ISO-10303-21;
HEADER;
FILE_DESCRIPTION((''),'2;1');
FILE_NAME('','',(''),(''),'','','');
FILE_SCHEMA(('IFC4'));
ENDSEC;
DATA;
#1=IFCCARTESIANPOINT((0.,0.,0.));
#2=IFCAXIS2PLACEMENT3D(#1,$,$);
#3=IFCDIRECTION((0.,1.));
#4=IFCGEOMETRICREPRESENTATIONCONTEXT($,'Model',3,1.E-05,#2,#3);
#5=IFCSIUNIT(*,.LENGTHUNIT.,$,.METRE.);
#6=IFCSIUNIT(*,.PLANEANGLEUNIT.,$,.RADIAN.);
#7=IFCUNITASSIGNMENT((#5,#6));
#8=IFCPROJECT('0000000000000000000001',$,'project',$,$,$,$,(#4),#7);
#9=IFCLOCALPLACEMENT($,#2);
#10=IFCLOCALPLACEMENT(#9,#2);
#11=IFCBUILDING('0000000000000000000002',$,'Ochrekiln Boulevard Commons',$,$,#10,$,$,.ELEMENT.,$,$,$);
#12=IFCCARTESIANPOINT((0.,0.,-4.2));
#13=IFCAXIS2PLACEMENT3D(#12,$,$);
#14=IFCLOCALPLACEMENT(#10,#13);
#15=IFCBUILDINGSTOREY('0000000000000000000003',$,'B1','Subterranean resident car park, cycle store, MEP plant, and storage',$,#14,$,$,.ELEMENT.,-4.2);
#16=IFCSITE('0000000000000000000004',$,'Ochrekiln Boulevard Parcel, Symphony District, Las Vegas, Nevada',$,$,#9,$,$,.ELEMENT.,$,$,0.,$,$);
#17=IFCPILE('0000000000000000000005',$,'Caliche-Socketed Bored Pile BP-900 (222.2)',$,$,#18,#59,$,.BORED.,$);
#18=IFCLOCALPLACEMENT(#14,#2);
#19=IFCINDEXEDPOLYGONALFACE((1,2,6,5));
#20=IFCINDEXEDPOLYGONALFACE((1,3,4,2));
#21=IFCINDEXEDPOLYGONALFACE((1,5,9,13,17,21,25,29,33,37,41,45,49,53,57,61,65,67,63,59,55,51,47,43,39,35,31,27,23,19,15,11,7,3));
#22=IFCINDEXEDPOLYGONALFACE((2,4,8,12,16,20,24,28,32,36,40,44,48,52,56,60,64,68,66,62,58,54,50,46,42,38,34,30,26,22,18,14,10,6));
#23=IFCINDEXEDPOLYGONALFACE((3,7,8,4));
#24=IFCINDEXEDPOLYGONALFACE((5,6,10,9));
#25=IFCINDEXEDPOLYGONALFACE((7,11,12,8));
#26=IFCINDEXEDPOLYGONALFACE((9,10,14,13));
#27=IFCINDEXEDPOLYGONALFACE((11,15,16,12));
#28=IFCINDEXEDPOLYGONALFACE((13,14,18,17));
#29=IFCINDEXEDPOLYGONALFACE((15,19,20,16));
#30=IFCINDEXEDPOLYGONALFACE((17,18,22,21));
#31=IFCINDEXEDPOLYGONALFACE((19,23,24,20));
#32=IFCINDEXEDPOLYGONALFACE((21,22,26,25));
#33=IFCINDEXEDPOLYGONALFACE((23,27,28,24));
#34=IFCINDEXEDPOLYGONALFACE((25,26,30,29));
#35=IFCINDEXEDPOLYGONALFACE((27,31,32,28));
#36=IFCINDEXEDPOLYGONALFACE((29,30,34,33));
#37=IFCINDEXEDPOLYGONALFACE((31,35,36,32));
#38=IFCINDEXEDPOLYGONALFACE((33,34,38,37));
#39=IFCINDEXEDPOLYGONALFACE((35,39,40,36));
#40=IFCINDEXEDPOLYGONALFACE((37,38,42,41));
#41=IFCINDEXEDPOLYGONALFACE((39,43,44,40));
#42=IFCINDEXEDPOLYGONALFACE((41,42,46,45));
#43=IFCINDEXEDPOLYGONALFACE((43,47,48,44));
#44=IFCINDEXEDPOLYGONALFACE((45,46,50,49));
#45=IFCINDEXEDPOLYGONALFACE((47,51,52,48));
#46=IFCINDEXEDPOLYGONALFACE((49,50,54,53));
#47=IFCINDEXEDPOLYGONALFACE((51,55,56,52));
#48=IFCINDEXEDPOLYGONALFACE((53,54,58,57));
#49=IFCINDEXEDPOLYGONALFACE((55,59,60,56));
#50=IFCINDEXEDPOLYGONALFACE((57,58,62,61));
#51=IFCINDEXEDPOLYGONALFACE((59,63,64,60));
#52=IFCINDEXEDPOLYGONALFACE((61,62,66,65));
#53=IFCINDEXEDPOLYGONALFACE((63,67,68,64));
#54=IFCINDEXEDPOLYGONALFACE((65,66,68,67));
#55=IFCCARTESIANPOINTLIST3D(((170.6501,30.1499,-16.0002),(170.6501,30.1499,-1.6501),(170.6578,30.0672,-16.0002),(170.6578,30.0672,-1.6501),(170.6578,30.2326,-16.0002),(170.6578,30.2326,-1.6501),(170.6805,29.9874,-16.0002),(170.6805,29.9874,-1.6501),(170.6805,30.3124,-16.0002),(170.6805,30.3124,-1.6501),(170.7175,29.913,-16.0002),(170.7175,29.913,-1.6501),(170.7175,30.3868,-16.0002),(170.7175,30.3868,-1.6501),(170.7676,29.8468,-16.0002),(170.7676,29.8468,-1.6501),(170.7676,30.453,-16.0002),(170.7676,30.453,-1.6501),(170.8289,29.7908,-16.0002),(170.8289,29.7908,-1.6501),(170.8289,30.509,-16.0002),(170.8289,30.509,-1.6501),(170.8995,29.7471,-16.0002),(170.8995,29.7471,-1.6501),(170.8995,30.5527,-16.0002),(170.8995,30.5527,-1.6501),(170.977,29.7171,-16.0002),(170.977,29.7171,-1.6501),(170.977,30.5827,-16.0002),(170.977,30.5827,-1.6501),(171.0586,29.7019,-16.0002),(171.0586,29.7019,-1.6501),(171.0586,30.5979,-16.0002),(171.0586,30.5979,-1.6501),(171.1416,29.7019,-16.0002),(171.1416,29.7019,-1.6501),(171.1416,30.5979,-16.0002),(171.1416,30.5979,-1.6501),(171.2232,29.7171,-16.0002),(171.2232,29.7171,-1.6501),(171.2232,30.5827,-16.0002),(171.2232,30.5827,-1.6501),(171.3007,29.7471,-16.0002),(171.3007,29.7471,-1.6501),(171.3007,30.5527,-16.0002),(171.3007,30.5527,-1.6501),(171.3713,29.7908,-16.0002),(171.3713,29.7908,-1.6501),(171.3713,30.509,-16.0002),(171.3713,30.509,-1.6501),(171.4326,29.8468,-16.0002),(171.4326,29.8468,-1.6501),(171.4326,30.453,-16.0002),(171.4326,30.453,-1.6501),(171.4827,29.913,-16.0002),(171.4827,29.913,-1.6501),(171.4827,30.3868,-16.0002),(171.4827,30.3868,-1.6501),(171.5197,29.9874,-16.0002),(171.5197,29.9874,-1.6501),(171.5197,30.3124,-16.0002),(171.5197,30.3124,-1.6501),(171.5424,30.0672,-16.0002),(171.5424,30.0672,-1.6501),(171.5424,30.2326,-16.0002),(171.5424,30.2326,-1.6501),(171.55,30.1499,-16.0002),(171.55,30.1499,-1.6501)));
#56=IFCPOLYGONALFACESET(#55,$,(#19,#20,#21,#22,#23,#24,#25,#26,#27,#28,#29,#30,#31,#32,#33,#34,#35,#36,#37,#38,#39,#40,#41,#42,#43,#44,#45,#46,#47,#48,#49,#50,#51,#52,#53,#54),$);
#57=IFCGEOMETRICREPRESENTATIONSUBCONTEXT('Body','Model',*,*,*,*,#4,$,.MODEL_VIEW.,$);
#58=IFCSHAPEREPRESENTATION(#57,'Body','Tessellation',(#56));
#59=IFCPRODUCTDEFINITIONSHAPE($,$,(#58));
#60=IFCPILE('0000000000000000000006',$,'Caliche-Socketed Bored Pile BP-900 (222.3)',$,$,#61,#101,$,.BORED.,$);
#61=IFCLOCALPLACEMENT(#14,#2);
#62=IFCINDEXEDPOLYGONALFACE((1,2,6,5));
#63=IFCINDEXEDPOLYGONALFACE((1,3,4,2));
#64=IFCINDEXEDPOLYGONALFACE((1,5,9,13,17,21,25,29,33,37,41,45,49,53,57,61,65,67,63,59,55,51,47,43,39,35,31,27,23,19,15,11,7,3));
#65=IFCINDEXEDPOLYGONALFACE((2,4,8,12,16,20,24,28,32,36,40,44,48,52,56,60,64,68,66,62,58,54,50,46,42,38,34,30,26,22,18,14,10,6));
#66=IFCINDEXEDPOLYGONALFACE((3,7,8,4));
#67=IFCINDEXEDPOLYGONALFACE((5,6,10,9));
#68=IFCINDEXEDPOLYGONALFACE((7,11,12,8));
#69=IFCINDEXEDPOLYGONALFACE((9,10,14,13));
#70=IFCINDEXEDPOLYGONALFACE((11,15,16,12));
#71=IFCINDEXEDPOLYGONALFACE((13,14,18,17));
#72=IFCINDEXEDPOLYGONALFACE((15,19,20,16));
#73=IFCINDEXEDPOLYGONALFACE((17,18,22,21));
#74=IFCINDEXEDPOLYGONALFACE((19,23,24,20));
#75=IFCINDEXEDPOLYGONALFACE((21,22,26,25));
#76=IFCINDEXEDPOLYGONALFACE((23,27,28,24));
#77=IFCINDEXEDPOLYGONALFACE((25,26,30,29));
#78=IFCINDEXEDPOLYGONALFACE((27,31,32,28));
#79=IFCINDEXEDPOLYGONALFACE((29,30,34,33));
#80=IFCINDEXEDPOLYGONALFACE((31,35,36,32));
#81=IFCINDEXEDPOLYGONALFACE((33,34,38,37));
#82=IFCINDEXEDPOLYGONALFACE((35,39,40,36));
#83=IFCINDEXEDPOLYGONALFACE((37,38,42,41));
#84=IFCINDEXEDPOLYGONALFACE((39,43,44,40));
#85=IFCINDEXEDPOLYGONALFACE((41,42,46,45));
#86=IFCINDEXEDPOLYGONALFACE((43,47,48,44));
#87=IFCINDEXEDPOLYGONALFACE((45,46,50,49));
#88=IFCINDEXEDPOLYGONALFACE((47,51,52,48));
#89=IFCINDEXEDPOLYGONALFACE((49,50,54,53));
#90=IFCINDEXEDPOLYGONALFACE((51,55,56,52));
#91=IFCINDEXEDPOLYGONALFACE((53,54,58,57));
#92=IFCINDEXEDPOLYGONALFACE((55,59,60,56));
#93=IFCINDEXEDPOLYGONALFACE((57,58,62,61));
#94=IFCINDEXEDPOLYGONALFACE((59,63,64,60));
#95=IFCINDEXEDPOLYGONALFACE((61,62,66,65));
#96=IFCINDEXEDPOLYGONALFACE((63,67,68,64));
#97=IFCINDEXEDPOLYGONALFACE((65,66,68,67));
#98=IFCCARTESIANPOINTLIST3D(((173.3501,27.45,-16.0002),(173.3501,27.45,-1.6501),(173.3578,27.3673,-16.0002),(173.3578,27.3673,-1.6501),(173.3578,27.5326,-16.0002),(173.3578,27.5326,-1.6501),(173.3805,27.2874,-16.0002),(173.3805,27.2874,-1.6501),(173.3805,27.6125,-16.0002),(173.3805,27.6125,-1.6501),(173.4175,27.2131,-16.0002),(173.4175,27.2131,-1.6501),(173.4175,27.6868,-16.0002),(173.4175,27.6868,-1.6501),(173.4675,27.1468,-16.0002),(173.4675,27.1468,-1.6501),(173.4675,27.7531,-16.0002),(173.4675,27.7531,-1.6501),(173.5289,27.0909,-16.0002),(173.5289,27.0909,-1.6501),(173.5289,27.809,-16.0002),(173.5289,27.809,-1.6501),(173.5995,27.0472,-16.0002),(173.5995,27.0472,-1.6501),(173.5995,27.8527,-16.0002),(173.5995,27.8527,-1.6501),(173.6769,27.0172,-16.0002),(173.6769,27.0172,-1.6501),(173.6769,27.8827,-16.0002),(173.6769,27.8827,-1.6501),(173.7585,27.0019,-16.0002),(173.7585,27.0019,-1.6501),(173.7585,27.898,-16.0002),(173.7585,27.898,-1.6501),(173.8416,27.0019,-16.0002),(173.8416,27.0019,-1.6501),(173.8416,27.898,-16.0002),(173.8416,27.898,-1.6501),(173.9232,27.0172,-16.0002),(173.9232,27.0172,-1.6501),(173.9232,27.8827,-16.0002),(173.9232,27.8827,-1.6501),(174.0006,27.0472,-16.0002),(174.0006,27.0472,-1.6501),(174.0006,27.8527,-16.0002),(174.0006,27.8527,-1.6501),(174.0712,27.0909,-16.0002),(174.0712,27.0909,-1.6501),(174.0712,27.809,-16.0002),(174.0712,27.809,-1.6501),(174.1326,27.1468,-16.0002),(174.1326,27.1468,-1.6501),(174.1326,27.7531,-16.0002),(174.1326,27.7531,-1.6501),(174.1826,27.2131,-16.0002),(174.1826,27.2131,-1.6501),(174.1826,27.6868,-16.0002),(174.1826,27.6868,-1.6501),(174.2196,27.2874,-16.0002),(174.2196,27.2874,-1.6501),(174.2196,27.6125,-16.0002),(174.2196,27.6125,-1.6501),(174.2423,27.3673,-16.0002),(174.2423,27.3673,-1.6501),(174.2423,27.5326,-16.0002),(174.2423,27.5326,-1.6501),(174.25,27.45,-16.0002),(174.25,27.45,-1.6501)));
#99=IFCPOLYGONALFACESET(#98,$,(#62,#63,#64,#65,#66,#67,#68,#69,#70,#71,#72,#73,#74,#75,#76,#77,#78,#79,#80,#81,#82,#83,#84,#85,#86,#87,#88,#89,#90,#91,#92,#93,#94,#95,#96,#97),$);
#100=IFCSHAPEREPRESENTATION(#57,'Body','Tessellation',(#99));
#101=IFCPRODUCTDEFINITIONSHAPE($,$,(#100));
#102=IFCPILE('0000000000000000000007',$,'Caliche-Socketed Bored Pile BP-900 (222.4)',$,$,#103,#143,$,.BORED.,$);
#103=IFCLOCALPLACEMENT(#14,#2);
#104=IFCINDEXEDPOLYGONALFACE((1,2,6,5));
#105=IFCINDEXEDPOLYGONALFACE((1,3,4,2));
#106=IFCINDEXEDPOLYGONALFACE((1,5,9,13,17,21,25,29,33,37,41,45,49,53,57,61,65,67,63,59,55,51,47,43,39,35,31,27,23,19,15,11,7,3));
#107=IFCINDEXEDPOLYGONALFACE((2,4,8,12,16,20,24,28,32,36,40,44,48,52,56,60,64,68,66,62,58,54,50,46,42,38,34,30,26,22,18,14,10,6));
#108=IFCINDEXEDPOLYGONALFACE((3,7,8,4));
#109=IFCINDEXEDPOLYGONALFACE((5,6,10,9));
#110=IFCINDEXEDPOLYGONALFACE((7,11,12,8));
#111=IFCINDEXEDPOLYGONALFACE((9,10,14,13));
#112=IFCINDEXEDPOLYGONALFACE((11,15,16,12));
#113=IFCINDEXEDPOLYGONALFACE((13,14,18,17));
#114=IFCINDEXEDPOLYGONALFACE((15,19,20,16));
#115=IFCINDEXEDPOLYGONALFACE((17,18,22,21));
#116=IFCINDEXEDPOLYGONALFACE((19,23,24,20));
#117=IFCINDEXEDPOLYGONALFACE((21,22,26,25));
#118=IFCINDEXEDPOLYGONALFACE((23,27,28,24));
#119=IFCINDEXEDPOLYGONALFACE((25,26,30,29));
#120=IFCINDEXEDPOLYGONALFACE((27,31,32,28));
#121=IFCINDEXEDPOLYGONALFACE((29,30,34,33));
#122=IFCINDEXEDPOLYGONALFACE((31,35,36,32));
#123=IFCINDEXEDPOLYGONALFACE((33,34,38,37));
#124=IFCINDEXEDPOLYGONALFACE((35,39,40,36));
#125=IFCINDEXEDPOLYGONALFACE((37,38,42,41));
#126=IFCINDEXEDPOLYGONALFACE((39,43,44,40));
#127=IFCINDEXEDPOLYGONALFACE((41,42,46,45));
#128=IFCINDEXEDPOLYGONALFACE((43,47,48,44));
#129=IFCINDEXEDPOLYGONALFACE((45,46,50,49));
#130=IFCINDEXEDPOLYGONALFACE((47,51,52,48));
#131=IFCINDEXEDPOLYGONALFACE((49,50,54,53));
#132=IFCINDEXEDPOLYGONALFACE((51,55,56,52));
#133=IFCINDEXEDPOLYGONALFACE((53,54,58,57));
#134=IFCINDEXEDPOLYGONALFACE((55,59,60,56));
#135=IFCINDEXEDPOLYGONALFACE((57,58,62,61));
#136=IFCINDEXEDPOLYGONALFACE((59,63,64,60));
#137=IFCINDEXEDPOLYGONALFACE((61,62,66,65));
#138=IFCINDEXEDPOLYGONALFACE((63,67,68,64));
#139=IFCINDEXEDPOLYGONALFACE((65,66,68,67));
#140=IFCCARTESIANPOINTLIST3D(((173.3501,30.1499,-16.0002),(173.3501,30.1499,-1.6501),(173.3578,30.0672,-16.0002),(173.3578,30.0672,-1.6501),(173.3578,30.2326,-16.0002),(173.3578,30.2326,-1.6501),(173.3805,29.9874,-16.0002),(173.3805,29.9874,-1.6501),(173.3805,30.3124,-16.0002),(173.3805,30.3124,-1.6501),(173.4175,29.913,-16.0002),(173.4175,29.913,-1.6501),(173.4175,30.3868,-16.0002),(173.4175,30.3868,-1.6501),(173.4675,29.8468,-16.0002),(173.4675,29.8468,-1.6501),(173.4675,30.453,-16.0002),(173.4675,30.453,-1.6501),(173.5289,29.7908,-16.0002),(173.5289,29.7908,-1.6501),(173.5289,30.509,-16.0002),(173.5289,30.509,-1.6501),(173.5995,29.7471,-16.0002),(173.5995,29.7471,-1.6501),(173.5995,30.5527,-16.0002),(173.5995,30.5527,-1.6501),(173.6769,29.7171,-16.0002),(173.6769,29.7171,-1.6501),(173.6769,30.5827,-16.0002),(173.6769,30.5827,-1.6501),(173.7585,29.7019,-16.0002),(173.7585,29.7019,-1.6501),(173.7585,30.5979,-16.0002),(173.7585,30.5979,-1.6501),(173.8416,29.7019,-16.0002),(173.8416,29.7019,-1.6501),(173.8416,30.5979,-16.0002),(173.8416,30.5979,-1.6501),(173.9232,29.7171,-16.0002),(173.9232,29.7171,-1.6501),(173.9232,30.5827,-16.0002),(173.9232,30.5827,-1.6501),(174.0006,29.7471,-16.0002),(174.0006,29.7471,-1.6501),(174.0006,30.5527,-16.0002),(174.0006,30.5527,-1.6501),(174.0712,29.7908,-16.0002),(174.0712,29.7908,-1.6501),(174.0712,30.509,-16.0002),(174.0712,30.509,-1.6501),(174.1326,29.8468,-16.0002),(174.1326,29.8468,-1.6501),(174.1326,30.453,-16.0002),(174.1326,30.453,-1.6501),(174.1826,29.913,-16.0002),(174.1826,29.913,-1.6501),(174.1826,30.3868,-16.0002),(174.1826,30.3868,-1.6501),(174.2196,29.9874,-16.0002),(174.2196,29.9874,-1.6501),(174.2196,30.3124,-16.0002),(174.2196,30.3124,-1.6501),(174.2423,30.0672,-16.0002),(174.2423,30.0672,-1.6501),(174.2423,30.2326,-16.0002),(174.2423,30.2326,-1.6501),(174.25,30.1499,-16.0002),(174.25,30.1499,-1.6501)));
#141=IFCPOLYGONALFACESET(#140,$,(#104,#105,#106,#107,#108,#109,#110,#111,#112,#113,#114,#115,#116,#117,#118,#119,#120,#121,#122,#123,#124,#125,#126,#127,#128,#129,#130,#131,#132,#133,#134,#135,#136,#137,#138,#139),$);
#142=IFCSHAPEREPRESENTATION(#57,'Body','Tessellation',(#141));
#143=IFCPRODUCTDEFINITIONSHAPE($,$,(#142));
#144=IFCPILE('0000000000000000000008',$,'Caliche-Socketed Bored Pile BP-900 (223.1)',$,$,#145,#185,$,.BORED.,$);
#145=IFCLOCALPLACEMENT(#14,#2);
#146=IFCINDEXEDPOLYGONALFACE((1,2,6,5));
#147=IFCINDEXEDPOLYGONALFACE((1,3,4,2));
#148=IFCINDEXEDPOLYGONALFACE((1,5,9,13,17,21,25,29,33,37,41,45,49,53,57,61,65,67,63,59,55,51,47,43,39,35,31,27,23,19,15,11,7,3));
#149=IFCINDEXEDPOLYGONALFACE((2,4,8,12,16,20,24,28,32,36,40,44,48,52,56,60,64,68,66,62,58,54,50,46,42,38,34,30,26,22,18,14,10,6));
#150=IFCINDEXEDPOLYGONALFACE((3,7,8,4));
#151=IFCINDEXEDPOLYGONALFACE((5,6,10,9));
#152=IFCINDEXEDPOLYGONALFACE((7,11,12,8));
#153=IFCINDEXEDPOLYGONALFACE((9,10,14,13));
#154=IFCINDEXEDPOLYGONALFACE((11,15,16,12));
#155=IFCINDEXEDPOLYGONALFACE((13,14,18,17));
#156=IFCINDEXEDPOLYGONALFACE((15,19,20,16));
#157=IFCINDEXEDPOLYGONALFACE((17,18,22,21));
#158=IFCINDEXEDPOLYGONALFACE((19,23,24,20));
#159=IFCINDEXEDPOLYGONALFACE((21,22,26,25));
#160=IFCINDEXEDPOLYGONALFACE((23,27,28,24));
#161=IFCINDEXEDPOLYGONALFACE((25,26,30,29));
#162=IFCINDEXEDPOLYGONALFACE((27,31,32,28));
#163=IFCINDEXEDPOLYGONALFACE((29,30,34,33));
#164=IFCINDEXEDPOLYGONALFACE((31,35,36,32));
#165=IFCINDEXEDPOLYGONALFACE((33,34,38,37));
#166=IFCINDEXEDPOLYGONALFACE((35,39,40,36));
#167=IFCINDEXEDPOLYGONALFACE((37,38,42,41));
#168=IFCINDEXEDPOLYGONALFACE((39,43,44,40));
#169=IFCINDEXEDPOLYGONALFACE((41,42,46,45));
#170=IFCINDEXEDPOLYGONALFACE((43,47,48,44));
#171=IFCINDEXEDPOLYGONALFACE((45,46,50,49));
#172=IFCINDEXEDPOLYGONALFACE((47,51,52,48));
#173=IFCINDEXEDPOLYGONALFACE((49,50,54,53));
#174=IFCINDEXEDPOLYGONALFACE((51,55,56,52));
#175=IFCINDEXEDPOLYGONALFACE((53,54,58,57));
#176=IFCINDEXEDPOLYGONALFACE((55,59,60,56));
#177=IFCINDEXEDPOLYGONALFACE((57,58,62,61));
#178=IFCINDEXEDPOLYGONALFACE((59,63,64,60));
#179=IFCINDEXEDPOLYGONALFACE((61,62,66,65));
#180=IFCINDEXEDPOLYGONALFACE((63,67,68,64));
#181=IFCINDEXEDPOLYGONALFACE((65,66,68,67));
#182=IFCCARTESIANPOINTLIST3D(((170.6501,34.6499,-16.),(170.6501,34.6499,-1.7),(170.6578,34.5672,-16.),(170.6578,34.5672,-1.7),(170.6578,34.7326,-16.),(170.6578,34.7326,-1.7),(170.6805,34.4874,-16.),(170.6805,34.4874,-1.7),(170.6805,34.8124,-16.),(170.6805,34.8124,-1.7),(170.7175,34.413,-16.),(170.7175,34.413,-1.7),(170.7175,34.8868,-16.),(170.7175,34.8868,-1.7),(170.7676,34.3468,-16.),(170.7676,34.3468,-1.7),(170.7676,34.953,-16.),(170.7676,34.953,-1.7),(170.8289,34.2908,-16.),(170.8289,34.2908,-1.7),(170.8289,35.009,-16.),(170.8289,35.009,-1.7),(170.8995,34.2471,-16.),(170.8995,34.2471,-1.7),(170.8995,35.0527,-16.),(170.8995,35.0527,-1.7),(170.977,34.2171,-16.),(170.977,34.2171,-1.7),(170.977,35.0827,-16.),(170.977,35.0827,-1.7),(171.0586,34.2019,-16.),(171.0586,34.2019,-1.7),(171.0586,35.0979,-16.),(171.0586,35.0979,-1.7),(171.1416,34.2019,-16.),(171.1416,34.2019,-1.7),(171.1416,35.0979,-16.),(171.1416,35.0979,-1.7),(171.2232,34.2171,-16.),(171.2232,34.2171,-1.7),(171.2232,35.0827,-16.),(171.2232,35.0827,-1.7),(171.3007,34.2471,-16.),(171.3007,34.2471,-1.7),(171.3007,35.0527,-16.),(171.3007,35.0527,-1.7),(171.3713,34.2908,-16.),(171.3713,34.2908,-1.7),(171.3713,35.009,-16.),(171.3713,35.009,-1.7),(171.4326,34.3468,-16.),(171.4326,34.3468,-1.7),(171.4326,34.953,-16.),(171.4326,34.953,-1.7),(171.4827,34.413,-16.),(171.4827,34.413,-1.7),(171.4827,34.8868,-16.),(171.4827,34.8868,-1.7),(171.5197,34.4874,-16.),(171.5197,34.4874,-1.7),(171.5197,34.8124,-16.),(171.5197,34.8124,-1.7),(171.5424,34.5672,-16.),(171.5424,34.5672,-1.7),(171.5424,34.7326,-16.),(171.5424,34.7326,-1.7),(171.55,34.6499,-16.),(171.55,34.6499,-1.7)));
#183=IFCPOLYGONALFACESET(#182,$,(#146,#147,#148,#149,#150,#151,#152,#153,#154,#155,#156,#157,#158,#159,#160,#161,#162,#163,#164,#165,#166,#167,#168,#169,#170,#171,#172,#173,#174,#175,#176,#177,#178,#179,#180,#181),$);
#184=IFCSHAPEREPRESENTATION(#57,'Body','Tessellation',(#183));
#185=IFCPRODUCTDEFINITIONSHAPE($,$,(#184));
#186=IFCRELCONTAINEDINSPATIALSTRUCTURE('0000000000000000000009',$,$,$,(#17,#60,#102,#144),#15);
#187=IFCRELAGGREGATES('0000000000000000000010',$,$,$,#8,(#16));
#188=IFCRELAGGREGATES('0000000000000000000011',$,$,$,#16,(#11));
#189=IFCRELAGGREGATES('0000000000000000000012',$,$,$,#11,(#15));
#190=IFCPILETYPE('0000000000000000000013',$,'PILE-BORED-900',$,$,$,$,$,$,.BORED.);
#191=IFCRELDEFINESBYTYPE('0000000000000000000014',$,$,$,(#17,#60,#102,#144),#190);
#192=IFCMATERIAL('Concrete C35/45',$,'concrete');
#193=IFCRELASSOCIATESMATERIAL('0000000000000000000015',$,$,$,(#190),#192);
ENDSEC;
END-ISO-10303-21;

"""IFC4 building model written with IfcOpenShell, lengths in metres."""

from ifc_helpers import new_model, si_unit, direction, frame, origin, origin_2d, place, context, subcontext, project, spatial, circle, extrude, material, material_profile, profile_set, type_object, element, save


model = new_model("IFC4")

# Units and contexts
model_context = context("Model", 3, precision=1e-05, world=origin(), true_north=direction((0.0, 1.0)))
body_context = subcontext(model_context, "Body", "Model", "MODEL_VIEW")
ifc_project = project(units=[si_unit("LENGTHUNIT", "METRE"), si_unit("PLANEANGLEUNIT", "RADIAN")], contexts=[model_context])

# Site, building, storey
site_placement = place(None, origin())
site = spatial("IfcSite", under=ifc_project, at=site_placement, Name="Ochrekiln Boulevard Parcel, Symphony District, Las Vegas, Nevada", CompositionType="ELEMENT", RefElevation=0.0)
building_placement = place(site_placement, origin())
building = spatial("IfcBuilding", under=site, at=building_placement, Name="Ochrekiln Boulevard Commons", CompositionType="ELEMENT")
storey_placement = place(building_placement, frame((0.0, 0.0, -4.2)))
storey = spatial("IfcBuildingStorey", under=building, at=storey_placement, Name="B1", Description="Subterranean resident car park, cycle store, MEP plant, and storage", CompositionType="ELEMENT", Elevation=-4.2)

# Shared definitions
ifc_material_1 = material(Name="Concrete C35/45", Category="concrete")

# Piles
ifc_material_profile_1 = material_profile(ifc_material_1, circle(Radius=0.45, at=origin_2d()), Name="PILE-D900")
ifc_profile_set_1 = profile_set([ifc_material_profile_1], Name="Concrete C35/45")
pile_type = type_object("IfcPileType", Name="PILE-BORED-900", PredefinedType="BORED", material=ifc_profile_set_1)
for number, where, z_axis, x_axis, name in (
    (1, (171.1001, 30.1499, -1.6501), (0.0, 0.0, -1.0), (1.0, 0.0, 0.0), "Caliche-Socketed Bored Pile BP-900 (222.2)"),
    (2, (173.8, 27.45, -1.6501), (0.0, 0.0, -1.0), (1.0, 0.0, 0.0), "Caliche-Socketed Bored Pile BP-900 (222.3)"),
    (3, (173.8, 30.1499, -1.6501), (0.0, 0.0, -1.0), (1.0, 0.0, 0.0), "Caliche-Socketed Bored Pile BP-900 (222.4)"),
):
    element("IfcPile", number, at=place(storey_placement, frame(where, z_axis=z_axis, x_axis=x_axis)), inside=storey, type_object=pile_type, Name=name, PredefinedType="BORED", context=body_context, shape_type="SweptSolid", body=[
        extrude(circle(Radius=0.45, at=origin_2d()), origin(), (0.0, 0.0, 1.0), 14.3501),
    ])
for number, where, z_axis, x_axis, name in (
    (4, (171.1001, 34.6499, -1.7), (0.0, 0.0, -1.0), (1.0, 0.0, 0.0), "Caliche-Socketed Bored Pile BP-900 (223.1)"),
):
    element("IfcPile", number, at=place(storey_placement, frame(where, z_axis=z_axis, x_axis=x_axis)), inside=storey, type_object=pile_type, Name=name, PredefinedType="BORED", context=body_context, shape_type="SweptSolid", body=[
        extrude(circle(Radius=0.45, at=origin_2d()), origin(), (0.0, 0.0, 1.0), 14.3),
    ])

save(model, "model.ifc")
